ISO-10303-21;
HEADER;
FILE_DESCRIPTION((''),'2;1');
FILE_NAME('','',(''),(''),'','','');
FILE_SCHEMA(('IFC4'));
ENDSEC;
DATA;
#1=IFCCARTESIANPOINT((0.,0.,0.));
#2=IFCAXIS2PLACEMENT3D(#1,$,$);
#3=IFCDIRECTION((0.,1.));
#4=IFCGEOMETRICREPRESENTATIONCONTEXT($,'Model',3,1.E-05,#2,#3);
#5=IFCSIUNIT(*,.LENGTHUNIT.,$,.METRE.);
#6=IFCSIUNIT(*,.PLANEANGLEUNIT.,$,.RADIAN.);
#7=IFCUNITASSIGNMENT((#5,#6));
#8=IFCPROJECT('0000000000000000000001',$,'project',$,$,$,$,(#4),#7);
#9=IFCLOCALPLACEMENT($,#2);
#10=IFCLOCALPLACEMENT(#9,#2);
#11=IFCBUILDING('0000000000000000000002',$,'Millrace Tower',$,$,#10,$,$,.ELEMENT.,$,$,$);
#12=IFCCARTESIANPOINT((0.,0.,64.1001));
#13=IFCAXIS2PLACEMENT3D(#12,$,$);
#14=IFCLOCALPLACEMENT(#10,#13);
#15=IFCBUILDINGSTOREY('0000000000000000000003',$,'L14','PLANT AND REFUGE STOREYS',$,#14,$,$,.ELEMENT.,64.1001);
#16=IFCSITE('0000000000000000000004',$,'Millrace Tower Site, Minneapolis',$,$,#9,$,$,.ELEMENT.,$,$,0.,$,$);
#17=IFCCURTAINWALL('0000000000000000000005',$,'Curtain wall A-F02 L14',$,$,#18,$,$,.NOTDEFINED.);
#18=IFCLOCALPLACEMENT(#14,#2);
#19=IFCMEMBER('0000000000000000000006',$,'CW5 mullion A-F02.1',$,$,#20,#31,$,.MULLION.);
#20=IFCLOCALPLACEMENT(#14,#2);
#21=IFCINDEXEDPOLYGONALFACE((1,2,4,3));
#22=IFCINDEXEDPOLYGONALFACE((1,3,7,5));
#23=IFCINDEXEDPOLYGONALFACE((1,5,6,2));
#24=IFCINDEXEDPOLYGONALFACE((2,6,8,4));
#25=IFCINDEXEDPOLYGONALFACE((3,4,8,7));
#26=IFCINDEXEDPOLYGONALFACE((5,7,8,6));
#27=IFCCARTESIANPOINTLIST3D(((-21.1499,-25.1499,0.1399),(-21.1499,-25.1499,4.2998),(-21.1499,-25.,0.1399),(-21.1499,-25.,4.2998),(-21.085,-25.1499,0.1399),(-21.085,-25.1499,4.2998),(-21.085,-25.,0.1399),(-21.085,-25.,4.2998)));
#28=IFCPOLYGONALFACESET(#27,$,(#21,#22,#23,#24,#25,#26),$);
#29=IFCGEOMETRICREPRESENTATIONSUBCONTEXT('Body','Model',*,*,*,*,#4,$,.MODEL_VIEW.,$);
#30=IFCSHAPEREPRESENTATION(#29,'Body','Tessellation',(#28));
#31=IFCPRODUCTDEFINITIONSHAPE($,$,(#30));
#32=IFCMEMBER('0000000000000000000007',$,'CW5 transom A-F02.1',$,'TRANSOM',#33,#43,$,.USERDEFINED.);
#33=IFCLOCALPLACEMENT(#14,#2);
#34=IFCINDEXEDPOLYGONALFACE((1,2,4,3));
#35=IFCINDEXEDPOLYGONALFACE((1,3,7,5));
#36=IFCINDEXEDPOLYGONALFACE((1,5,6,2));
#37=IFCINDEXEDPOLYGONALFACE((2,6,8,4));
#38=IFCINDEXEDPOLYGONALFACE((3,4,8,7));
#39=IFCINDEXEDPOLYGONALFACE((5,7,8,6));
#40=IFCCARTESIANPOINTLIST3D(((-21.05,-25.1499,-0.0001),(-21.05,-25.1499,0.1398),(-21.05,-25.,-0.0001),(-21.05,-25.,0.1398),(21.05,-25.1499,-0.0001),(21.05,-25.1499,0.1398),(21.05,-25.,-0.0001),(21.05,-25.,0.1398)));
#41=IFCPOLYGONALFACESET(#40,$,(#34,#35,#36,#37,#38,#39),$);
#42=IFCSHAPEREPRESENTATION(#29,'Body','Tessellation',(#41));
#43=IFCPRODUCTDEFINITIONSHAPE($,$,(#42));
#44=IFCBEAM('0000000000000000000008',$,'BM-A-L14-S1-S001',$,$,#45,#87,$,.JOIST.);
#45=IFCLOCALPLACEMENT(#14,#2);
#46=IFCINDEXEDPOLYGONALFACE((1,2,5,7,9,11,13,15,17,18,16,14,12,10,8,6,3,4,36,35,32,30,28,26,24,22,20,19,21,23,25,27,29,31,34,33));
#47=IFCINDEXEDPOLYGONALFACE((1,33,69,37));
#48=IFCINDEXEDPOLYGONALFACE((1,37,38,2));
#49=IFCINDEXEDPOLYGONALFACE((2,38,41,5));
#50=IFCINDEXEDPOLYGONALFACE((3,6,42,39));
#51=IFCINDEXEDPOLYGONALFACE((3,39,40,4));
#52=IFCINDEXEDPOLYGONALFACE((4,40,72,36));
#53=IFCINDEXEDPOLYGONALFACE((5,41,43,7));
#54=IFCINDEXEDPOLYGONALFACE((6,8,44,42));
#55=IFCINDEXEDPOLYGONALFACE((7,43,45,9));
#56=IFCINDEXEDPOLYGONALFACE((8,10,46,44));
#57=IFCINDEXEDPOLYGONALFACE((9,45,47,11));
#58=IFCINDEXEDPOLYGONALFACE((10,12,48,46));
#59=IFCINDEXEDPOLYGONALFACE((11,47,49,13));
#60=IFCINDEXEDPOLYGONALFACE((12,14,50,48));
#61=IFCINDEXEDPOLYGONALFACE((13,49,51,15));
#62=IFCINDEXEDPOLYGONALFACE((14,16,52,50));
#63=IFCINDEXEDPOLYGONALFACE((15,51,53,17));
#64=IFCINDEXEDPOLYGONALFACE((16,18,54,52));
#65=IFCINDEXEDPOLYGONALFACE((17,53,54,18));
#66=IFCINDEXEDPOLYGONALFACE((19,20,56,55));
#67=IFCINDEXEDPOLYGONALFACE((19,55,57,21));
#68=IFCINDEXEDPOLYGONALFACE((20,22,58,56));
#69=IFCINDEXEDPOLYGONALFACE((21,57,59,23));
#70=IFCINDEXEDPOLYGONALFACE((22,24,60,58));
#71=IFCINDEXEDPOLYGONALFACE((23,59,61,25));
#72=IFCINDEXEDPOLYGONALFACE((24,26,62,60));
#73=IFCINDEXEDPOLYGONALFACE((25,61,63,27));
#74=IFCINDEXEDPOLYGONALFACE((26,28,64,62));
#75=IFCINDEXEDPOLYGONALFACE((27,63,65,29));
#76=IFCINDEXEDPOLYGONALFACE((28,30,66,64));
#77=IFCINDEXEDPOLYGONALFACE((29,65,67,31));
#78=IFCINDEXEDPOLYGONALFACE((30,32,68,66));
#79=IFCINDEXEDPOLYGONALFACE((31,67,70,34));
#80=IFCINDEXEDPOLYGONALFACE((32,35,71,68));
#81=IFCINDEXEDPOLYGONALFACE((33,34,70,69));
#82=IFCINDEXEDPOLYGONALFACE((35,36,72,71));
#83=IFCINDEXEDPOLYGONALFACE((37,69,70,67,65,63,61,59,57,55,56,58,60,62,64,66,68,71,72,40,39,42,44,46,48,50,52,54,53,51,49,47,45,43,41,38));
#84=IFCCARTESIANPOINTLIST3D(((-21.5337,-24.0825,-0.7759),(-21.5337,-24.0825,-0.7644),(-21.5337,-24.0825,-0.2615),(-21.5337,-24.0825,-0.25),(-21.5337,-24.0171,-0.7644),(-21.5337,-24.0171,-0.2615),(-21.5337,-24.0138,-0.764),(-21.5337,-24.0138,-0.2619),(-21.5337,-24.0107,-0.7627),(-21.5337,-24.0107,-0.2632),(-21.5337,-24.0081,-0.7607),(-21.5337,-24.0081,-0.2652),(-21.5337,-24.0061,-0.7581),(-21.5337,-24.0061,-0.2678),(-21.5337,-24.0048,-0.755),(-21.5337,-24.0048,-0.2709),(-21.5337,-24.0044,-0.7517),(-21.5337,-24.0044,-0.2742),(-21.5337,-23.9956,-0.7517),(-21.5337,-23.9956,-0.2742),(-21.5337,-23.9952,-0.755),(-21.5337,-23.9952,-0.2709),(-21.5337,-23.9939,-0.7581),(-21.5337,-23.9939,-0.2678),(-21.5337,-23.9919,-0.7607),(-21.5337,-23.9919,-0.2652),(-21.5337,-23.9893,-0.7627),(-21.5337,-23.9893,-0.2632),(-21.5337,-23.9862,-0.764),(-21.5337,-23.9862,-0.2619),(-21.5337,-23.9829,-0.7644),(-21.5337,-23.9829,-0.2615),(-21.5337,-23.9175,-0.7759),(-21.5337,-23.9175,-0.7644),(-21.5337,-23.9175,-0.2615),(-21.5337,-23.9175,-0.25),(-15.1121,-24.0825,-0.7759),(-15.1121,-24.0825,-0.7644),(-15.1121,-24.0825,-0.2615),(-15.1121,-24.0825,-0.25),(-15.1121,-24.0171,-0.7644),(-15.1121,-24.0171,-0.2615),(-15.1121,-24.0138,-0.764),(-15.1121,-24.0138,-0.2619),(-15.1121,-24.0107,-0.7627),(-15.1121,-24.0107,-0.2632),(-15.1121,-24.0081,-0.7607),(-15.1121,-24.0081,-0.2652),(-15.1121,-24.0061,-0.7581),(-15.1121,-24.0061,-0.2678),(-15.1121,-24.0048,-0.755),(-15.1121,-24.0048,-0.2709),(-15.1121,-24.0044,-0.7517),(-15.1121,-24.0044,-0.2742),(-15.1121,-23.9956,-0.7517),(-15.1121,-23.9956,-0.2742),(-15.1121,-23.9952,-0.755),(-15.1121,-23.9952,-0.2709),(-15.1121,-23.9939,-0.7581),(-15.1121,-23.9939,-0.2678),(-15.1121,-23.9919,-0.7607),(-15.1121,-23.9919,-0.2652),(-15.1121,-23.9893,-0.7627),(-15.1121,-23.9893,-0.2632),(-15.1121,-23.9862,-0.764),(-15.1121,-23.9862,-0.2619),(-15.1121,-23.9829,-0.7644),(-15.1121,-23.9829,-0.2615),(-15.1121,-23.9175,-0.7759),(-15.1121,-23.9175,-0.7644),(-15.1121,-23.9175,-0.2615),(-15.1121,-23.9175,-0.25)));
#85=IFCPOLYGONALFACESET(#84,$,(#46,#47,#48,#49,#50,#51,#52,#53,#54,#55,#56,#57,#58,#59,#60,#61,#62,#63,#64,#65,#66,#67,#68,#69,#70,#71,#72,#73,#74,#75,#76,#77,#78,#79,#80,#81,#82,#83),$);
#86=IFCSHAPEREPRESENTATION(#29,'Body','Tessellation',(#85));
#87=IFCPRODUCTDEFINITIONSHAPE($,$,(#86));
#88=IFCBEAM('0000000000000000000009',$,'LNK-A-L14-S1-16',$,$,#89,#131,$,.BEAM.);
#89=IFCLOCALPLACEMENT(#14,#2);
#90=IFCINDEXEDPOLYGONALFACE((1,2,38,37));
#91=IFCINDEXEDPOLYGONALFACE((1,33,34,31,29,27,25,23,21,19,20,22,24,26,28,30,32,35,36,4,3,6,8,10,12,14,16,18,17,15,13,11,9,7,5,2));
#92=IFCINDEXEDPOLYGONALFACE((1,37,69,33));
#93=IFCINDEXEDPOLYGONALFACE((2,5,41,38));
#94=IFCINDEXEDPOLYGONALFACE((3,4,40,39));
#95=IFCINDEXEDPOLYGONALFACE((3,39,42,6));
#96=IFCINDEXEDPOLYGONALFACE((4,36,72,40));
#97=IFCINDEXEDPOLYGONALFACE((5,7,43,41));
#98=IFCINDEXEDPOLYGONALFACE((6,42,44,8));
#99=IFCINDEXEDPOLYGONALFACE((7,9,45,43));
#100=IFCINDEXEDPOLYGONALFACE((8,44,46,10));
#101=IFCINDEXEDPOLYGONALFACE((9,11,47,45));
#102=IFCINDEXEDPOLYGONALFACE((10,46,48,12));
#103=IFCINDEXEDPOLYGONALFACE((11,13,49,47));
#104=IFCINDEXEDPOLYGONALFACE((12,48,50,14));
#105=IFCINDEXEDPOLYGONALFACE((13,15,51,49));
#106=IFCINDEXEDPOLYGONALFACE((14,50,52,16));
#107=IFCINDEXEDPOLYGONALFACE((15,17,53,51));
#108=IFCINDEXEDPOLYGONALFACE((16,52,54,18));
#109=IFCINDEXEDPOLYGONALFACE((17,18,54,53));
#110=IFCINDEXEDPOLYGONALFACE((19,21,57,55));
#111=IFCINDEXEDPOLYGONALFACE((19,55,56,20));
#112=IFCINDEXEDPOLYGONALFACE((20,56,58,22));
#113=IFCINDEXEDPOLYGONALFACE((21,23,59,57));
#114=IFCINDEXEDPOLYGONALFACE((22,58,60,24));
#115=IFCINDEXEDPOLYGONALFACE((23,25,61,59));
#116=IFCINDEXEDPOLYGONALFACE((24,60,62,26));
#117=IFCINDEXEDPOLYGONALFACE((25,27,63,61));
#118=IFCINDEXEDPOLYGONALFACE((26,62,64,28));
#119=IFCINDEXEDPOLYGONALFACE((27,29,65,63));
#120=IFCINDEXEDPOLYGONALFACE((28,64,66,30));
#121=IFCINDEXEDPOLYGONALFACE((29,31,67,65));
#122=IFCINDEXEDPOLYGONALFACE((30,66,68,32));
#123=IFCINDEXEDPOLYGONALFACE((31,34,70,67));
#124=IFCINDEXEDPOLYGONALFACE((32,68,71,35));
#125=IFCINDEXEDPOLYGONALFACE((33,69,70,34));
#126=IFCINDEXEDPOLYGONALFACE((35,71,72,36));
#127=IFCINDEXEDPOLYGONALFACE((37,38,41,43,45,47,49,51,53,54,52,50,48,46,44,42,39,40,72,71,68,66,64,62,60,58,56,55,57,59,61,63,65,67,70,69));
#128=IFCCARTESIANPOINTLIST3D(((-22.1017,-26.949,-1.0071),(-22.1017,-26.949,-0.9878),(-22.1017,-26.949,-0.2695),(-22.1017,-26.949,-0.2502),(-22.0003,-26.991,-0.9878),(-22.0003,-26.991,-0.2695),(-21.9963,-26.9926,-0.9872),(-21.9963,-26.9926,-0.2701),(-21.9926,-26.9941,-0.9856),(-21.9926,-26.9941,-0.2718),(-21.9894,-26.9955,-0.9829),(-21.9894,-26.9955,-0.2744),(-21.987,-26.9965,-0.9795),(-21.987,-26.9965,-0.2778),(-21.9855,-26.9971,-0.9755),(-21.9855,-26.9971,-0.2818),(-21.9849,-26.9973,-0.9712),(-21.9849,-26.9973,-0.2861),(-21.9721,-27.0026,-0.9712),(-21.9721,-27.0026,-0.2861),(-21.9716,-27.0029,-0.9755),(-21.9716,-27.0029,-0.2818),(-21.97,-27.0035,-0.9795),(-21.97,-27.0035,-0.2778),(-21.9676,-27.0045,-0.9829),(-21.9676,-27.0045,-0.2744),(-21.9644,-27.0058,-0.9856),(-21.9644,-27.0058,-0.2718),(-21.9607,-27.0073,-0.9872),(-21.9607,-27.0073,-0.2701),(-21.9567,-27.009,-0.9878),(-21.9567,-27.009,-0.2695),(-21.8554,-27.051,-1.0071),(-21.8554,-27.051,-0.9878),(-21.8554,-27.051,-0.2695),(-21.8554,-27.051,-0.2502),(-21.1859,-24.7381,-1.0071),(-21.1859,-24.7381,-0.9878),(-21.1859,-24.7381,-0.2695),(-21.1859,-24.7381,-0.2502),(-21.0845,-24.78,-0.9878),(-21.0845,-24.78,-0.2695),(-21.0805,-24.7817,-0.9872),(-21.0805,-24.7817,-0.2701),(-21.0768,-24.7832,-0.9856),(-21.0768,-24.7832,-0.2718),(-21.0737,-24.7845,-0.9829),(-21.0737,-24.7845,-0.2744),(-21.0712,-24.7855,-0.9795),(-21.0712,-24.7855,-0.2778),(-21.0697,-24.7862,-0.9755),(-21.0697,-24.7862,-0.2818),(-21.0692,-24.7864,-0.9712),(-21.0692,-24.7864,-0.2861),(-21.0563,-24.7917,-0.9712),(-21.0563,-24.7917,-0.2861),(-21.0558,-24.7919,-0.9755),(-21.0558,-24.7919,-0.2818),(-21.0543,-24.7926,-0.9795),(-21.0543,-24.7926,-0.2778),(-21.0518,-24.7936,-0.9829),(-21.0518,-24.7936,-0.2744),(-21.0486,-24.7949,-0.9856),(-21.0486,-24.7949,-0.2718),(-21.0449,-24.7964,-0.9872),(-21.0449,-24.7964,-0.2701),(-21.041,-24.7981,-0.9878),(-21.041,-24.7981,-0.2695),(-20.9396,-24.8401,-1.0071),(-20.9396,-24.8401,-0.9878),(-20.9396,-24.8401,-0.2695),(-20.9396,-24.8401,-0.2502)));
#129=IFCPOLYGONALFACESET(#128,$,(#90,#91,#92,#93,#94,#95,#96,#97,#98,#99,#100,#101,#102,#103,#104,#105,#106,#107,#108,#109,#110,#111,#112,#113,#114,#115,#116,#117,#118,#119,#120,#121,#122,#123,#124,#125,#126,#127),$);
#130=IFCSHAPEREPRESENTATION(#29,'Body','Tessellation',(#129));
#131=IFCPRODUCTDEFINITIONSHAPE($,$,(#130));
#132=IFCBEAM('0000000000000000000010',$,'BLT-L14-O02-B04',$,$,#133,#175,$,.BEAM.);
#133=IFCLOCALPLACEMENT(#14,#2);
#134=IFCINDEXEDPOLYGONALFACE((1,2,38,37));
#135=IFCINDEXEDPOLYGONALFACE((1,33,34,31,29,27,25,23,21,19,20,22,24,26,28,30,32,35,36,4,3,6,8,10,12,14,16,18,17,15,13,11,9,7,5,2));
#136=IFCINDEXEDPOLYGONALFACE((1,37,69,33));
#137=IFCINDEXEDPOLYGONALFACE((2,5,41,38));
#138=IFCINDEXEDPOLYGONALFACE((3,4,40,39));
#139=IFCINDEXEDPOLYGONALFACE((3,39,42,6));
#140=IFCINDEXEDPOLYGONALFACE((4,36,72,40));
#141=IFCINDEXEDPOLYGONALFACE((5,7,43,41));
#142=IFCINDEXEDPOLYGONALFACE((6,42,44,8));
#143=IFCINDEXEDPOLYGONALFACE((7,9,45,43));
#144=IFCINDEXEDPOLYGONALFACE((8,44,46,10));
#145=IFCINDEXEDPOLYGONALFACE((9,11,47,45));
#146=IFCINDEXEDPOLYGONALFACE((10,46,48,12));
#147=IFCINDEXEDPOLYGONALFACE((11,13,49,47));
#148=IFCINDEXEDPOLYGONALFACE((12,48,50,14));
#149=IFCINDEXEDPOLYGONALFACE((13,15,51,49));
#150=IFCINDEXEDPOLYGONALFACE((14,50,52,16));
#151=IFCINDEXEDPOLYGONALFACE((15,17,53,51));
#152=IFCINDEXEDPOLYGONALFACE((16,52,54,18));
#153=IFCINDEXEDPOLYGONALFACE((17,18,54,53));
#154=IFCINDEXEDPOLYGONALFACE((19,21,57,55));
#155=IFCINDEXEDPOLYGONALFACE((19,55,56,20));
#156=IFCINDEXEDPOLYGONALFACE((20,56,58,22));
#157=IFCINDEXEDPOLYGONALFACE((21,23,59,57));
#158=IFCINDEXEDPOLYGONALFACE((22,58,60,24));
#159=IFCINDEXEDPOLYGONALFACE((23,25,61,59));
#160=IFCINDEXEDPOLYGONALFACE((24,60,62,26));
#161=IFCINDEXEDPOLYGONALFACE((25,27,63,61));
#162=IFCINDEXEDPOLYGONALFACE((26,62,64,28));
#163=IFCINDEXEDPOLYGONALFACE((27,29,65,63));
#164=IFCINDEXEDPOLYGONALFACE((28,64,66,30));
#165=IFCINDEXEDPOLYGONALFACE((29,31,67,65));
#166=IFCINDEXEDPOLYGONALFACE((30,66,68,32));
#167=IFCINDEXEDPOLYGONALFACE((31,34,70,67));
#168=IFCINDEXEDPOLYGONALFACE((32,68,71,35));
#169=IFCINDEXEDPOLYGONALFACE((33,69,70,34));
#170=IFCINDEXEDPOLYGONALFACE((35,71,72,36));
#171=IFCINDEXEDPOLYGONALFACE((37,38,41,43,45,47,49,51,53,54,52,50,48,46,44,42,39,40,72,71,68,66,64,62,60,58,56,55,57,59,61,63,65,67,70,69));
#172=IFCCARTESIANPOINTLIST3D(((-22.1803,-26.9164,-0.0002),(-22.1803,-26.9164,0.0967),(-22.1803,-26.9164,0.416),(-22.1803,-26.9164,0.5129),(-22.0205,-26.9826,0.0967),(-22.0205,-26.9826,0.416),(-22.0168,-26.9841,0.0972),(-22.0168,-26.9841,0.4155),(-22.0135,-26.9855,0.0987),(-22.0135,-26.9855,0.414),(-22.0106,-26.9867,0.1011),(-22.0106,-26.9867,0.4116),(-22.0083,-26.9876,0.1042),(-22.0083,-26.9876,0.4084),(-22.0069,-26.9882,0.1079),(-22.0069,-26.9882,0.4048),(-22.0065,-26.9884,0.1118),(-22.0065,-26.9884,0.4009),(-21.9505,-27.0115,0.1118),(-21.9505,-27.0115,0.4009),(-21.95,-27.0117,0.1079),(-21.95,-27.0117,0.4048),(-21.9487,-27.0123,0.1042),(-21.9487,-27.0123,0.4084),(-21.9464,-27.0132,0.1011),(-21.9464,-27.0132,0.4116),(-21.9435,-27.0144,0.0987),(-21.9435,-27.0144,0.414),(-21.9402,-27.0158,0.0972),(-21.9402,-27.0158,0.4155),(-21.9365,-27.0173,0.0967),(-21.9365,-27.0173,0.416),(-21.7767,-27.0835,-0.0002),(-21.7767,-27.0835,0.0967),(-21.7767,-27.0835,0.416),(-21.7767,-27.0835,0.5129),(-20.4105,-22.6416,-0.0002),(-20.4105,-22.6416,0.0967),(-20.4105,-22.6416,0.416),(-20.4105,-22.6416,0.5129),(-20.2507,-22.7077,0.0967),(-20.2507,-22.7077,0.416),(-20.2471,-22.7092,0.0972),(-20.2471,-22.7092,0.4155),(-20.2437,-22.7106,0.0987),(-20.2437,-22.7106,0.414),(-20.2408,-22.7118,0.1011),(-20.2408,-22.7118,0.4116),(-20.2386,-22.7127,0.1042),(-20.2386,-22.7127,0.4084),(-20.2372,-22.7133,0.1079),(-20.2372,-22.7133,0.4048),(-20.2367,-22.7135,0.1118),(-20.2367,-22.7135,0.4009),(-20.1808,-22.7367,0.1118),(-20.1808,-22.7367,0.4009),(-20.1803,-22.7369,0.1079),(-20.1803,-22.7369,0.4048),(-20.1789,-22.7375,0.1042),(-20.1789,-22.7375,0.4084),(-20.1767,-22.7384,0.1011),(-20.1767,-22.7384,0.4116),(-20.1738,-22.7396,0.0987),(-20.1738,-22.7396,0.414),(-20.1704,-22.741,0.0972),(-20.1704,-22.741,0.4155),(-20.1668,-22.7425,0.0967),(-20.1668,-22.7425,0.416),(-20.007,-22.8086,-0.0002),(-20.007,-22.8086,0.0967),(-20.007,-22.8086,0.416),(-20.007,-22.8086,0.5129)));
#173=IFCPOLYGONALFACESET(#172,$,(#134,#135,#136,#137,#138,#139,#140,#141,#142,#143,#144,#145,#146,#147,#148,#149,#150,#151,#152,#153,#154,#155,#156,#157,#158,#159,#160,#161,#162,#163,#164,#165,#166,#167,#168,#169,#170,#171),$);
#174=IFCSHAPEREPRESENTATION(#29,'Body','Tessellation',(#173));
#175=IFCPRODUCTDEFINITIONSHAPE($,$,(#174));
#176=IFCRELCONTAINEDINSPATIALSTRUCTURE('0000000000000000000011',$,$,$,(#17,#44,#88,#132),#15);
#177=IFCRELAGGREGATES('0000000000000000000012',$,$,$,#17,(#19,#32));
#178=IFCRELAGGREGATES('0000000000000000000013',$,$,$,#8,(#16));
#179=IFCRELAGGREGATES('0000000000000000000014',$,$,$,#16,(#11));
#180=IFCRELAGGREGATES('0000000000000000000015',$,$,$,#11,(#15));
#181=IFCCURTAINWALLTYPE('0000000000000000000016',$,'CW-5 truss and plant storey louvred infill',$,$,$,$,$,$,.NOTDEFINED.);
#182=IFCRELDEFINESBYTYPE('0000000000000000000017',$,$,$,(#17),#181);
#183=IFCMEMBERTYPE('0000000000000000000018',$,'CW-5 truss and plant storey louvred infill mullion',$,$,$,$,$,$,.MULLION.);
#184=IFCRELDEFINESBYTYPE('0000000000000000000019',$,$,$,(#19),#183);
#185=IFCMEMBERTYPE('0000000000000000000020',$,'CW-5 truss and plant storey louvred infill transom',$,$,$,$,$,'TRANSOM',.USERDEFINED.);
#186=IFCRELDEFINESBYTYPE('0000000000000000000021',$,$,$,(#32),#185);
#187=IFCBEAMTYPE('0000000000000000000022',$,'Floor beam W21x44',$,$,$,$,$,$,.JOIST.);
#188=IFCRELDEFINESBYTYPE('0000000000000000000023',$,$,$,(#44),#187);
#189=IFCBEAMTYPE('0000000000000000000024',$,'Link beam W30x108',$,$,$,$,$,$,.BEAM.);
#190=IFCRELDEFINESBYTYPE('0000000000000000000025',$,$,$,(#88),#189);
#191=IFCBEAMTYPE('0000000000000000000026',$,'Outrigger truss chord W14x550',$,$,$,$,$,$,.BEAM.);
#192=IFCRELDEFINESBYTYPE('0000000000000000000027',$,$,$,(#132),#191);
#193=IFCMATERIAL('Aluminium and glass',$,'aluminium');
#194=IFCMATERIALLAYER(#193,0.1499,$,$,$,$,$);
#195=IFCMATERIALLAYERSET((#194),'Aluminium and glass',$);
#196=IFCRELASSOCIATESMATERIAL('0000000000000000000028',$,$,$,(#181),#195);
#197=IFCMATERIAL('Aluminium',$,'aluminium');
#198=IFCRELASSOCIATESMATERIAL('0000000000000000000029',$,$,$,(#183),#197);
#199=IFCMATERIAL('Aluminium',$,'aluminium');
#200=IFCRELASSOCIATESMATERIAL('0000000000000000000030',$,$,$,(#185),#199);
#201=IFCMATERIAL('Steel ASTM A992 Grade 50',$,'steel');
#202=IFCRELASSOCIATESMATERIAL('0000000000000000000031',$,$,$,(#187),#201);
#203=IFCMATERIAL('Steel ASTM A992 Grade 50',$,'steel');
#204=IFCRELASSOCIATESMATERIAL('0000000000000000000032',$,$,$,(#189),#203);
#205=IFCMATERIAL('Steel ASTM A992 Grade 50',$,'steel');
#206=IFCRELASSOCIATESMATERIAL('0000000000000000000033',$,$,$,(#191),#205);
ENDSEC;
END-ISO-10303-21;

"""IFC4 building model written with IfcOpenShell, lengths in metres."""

from ifc_helpers import new_model, si_unit, direction, frame, origin, origin_2d, place, context, subcontext, project, spatial, rectangle, i_section, extrude, material, layer, layer_set, material_profile, profile_set, type_object, element, aggregate, save


model = new_model("IFC4")

# Units and contexts
model_context = context("Model", 3, precision=1e-05, world=origin(), true_north=direction((0.0, 1.0)))
body_context = subcontext(model_context, "Body", "Model", "MODEL_VIEW")
ifc_project = project(units=[si_unit("LENGTHUNIT", "METRE"), si_unit("PLANEANGLEUNIT", "RADIAN")], contexts=[model_context])

# Site, building, storey
site_placement = place(None, origin())
site = spatial("IfcSite", under=ifc_project, at=site_placement, Name="Millrace Tower Site, Minneapolis", CompositionType="ELEMENT", RefElevation=0.0)
building_placement = place(site_placement, origin())
building = spatial("IfcBuilding", under=site, at=building_placement, Name="Millrace Tower", CompositionType="ELEMENT")
storey_placement = place(building_placement, frame((0.0, 0.0, 64.1001)))
storey = spatial("IfcBuildingStorey", under=building, at=storey_placement, Name="L14", Description="PLANT AND REFUGE STOREYS", CompositionType="ELEMENT", Elevation=64.1001)

# Curtain wall, members
ifc_material_1 = material(Name="Aluminium and glass", Category="aluminium")
ifc_layer_1 = layer(ifc_material_1, 0.1499)
ifc_layer_set_1 = layer_set([ifc_layer_1], Name="Aluminium and glass")
curtain_wall_type = type_object("IfcCurtainWallType", Name="CW-5 truss and plant storey louvred infill", PredefinedType="NOTDEFINED", material=ifc_layer_set_1)
curtain_wall_placement = place(storey_placement, origin())
curtain_wall = element("IfcCurtainWall", 1, at=curtain_wall_placement, inside=storey, type_object=curtain_wall_type, Name="Curtain wall A-F02 L14", PredefinedType="NOTDEFINED")
ifc_material_2 = material(Name="Aluminium", Category="aluminium")
ifc_material_profile_1 = material_profile(ifc_material_2, rectangle(XDim=0.0649, YDim=0.1499, at=origin_2d()))
ifc_profile_set_1 = profile_set([ifc_material_profile_1], Name="Aluminium")
member_type_1 = type_object("IfcMemberType", Name="CW-5 truss and plant storey louvred infill mullion", PredefinedType="MULLION", material=ifc_profile_set_1)
member_1_placement = place(storey_placement, frame((-21.1174, -25.075, 0.1399), z_axis=(0.0, 0.0, 1.0), x_axis=(1.0, 0.0, 0.0)))
member_1 = element("IfcMember", 2, at=member_1_placement, type_object=member_type_1, Name="CW5 mullion A-F02.1", PredefinedType="MULLION", context=body_context, shape_type="SweptSolid", body=[
    extrude(rectangle(XDim=0.0649, YDim=0.1499, at=origin_2d()), origin(), (0.0, 0.0, 1.0), 4.1599),
])
ifc_material_3 = material(Name="Aluminium", Category="aluminium")
ifc_material_profile_2 = material_profile(ifc_material_3, rectangle(XDim=0.1499, YDim=0.1399, at=origin_2d()))
ifc_profile_set_2 = profile_set([ifc_material_profile_2], Name="Aluminium")
member_type_2 = type_object("IfcMemberType", Name="CW-5 truss and plant storey louvred infill transom", ElementType="TRANSOM", PredefinedType="USERDEFINED", material=ifc_profile_set_2)
member_2_placement = place(storey_placement, frame((-21.05, -25.075, 0.0698), z_axis=(1.0, 0.0, 0.0), x_axis=(0.0, 1.0, 0.0)))
member_2 = element("IfcMember", 3, at=member_2_placement, type_object=member_type_2, Name="CW5 transom A-F02.1", ObjectType="TRANSOM", PredefinedType="USERDEFINED", context=body_context, shape_type="SweptSolid", body=[
    extrude(rectangle(XDim=0.1499, YDim=0.1399, at=origin_2d()), origin(), (0.0, 0.0, 1.0), 42.1001),
])
aggregate(curtain_wall, [member_1, member_2])

# Beams
ifc_material_4 = material(Name="Steel ASTM A992 Grade 50", Category="steel")
ifc_material_profile_3 = material_profile(ifc_material_4, i_section(OverallWidth=0.165, OverallDepth=0.5259, WebThickness=0.0088, FlangeThickness=0.0115, FilletRadius=0.0127, at=origin_2d()))
ifc_profile_set_3 = profile_set([ifc_material_profile_3], Name="Steel ASTM A992 Grade 50")
beam_type_1 = type_object("IfcBeamType", Name="Floor beam W21x44", PredefinedType="JOIST", material=ifc_profile_set_3)
beam_1_placement = place(storey_placement, frame((-21.5337, -24.0, -0.5129), z_axis=(1.0, 0.0, 0.0), x_axis=(0.0, 1.0, 0.0)))
element("IfcBeam", 4, at=beam_1_placement, inside=storey, type_object=beam_type_1, Name="BM-A-L14-S1-S001", PredefinedType="JOIST", context=body_context, shape_type="SweptSolid", body=[
    extrude(i_section(OverallWidth=0.165, OverallDepth=0.5259, WebThickness=0.0088, FlangeThickness=0.0115, FilletRadius=0.0127, at=origin_2d()), origin(), (0.0, 0.0, 1.0), 6.4216),
])
ifc_material_5 = material(Name="Steel ASTM A992 Grade 50", Category="steel")
ifc_material_profile_4 = material_profile(ifc_material_5, i_section(OverallWidth=0.2666, OverallDepth=0.7568, WebThickness=0.0139, FlangeThickness=0.0193, FilletRadius=0.0166, at=origin_2d()))
ifc_profile_set_4 = profile_set([ifc_material_profile_4], Name="Steel ASTM A992 Grade 50")
beam_type_2 = type_object("IfcBeamType", Name="Link beam W30x108", PredefinedType="BEAM", material=ifc_profile_set_4)
beam_2_placement = place(storey_placement, frame((-21.0627, -24.7891, -0.6287), z_axis=(-0.382673, -0.923884, 0.0), x_axis=(0.923884, -0.382673, 0.0)))
element("IfcBeam", 5, at=beam_2_placement, inside=storey, type_object=beam_type_2, Name="LNK-A-L14-S1-16", PredefinedType="BEAM", context=body_context, shape_type="SweptSolid", body=[
    extrude(i_section(OverallWidth=0.2666, OverallDepth=0.7568, WebThickness=0.0139, FlangeThickness=0.0193, FilletRadius=0.0166, at=origin_2d()), origin(), (0.0, 0.0, 1.0), 2.3931),
])
ifc_material_6 = material(Name="Steel ASTM A992 Grade 50", Category="steel")
ifc_material_profile_5 = material_profile(ifc_material_6, i_section(OverallWidth=0.4368, OverallDepth=0.5132, WebThickness=0.0605, FlangeThickness=0.0969, FilletRadius=0.0151, at=origin_2d()))
ifc_profile_set_5 = profile_set([ifc_material_profile_5], Name="Steel ASTM A992 Grade 50")
beam_type_3 = type_object("IfcBeamType", Name="Outrigger truss chord W14x550", PredefinedType="BEAM", material=ifc_profile_set_5)
beam_3_placement = place(storey_placement, frame((-20.2087, -22.7251, 0.2563), z_axis=(-0.382509, -0.923952, 0.0), x_axis=(0.923952, -0.382509, 0.0)))
element("IfcBeam", 6, at=beam_3_placement, inside=storey, type_object=beam_type_3, Name="BLT-L14-O02-B04", PredefinedType="BEAM", context=body_context, shape_type="SweptSolid", body=[
    extrude(i_section(OverallWidth=0.4368, OverallDepth=0.5132, WebThickness=0.0605, FlangeThickness=0.0969, FilletRadius=0.0151, at=origin_2d()), origin(), (0.0, 0.0, 1.0), 4.6267),
])

save(model, "model.ifc")
